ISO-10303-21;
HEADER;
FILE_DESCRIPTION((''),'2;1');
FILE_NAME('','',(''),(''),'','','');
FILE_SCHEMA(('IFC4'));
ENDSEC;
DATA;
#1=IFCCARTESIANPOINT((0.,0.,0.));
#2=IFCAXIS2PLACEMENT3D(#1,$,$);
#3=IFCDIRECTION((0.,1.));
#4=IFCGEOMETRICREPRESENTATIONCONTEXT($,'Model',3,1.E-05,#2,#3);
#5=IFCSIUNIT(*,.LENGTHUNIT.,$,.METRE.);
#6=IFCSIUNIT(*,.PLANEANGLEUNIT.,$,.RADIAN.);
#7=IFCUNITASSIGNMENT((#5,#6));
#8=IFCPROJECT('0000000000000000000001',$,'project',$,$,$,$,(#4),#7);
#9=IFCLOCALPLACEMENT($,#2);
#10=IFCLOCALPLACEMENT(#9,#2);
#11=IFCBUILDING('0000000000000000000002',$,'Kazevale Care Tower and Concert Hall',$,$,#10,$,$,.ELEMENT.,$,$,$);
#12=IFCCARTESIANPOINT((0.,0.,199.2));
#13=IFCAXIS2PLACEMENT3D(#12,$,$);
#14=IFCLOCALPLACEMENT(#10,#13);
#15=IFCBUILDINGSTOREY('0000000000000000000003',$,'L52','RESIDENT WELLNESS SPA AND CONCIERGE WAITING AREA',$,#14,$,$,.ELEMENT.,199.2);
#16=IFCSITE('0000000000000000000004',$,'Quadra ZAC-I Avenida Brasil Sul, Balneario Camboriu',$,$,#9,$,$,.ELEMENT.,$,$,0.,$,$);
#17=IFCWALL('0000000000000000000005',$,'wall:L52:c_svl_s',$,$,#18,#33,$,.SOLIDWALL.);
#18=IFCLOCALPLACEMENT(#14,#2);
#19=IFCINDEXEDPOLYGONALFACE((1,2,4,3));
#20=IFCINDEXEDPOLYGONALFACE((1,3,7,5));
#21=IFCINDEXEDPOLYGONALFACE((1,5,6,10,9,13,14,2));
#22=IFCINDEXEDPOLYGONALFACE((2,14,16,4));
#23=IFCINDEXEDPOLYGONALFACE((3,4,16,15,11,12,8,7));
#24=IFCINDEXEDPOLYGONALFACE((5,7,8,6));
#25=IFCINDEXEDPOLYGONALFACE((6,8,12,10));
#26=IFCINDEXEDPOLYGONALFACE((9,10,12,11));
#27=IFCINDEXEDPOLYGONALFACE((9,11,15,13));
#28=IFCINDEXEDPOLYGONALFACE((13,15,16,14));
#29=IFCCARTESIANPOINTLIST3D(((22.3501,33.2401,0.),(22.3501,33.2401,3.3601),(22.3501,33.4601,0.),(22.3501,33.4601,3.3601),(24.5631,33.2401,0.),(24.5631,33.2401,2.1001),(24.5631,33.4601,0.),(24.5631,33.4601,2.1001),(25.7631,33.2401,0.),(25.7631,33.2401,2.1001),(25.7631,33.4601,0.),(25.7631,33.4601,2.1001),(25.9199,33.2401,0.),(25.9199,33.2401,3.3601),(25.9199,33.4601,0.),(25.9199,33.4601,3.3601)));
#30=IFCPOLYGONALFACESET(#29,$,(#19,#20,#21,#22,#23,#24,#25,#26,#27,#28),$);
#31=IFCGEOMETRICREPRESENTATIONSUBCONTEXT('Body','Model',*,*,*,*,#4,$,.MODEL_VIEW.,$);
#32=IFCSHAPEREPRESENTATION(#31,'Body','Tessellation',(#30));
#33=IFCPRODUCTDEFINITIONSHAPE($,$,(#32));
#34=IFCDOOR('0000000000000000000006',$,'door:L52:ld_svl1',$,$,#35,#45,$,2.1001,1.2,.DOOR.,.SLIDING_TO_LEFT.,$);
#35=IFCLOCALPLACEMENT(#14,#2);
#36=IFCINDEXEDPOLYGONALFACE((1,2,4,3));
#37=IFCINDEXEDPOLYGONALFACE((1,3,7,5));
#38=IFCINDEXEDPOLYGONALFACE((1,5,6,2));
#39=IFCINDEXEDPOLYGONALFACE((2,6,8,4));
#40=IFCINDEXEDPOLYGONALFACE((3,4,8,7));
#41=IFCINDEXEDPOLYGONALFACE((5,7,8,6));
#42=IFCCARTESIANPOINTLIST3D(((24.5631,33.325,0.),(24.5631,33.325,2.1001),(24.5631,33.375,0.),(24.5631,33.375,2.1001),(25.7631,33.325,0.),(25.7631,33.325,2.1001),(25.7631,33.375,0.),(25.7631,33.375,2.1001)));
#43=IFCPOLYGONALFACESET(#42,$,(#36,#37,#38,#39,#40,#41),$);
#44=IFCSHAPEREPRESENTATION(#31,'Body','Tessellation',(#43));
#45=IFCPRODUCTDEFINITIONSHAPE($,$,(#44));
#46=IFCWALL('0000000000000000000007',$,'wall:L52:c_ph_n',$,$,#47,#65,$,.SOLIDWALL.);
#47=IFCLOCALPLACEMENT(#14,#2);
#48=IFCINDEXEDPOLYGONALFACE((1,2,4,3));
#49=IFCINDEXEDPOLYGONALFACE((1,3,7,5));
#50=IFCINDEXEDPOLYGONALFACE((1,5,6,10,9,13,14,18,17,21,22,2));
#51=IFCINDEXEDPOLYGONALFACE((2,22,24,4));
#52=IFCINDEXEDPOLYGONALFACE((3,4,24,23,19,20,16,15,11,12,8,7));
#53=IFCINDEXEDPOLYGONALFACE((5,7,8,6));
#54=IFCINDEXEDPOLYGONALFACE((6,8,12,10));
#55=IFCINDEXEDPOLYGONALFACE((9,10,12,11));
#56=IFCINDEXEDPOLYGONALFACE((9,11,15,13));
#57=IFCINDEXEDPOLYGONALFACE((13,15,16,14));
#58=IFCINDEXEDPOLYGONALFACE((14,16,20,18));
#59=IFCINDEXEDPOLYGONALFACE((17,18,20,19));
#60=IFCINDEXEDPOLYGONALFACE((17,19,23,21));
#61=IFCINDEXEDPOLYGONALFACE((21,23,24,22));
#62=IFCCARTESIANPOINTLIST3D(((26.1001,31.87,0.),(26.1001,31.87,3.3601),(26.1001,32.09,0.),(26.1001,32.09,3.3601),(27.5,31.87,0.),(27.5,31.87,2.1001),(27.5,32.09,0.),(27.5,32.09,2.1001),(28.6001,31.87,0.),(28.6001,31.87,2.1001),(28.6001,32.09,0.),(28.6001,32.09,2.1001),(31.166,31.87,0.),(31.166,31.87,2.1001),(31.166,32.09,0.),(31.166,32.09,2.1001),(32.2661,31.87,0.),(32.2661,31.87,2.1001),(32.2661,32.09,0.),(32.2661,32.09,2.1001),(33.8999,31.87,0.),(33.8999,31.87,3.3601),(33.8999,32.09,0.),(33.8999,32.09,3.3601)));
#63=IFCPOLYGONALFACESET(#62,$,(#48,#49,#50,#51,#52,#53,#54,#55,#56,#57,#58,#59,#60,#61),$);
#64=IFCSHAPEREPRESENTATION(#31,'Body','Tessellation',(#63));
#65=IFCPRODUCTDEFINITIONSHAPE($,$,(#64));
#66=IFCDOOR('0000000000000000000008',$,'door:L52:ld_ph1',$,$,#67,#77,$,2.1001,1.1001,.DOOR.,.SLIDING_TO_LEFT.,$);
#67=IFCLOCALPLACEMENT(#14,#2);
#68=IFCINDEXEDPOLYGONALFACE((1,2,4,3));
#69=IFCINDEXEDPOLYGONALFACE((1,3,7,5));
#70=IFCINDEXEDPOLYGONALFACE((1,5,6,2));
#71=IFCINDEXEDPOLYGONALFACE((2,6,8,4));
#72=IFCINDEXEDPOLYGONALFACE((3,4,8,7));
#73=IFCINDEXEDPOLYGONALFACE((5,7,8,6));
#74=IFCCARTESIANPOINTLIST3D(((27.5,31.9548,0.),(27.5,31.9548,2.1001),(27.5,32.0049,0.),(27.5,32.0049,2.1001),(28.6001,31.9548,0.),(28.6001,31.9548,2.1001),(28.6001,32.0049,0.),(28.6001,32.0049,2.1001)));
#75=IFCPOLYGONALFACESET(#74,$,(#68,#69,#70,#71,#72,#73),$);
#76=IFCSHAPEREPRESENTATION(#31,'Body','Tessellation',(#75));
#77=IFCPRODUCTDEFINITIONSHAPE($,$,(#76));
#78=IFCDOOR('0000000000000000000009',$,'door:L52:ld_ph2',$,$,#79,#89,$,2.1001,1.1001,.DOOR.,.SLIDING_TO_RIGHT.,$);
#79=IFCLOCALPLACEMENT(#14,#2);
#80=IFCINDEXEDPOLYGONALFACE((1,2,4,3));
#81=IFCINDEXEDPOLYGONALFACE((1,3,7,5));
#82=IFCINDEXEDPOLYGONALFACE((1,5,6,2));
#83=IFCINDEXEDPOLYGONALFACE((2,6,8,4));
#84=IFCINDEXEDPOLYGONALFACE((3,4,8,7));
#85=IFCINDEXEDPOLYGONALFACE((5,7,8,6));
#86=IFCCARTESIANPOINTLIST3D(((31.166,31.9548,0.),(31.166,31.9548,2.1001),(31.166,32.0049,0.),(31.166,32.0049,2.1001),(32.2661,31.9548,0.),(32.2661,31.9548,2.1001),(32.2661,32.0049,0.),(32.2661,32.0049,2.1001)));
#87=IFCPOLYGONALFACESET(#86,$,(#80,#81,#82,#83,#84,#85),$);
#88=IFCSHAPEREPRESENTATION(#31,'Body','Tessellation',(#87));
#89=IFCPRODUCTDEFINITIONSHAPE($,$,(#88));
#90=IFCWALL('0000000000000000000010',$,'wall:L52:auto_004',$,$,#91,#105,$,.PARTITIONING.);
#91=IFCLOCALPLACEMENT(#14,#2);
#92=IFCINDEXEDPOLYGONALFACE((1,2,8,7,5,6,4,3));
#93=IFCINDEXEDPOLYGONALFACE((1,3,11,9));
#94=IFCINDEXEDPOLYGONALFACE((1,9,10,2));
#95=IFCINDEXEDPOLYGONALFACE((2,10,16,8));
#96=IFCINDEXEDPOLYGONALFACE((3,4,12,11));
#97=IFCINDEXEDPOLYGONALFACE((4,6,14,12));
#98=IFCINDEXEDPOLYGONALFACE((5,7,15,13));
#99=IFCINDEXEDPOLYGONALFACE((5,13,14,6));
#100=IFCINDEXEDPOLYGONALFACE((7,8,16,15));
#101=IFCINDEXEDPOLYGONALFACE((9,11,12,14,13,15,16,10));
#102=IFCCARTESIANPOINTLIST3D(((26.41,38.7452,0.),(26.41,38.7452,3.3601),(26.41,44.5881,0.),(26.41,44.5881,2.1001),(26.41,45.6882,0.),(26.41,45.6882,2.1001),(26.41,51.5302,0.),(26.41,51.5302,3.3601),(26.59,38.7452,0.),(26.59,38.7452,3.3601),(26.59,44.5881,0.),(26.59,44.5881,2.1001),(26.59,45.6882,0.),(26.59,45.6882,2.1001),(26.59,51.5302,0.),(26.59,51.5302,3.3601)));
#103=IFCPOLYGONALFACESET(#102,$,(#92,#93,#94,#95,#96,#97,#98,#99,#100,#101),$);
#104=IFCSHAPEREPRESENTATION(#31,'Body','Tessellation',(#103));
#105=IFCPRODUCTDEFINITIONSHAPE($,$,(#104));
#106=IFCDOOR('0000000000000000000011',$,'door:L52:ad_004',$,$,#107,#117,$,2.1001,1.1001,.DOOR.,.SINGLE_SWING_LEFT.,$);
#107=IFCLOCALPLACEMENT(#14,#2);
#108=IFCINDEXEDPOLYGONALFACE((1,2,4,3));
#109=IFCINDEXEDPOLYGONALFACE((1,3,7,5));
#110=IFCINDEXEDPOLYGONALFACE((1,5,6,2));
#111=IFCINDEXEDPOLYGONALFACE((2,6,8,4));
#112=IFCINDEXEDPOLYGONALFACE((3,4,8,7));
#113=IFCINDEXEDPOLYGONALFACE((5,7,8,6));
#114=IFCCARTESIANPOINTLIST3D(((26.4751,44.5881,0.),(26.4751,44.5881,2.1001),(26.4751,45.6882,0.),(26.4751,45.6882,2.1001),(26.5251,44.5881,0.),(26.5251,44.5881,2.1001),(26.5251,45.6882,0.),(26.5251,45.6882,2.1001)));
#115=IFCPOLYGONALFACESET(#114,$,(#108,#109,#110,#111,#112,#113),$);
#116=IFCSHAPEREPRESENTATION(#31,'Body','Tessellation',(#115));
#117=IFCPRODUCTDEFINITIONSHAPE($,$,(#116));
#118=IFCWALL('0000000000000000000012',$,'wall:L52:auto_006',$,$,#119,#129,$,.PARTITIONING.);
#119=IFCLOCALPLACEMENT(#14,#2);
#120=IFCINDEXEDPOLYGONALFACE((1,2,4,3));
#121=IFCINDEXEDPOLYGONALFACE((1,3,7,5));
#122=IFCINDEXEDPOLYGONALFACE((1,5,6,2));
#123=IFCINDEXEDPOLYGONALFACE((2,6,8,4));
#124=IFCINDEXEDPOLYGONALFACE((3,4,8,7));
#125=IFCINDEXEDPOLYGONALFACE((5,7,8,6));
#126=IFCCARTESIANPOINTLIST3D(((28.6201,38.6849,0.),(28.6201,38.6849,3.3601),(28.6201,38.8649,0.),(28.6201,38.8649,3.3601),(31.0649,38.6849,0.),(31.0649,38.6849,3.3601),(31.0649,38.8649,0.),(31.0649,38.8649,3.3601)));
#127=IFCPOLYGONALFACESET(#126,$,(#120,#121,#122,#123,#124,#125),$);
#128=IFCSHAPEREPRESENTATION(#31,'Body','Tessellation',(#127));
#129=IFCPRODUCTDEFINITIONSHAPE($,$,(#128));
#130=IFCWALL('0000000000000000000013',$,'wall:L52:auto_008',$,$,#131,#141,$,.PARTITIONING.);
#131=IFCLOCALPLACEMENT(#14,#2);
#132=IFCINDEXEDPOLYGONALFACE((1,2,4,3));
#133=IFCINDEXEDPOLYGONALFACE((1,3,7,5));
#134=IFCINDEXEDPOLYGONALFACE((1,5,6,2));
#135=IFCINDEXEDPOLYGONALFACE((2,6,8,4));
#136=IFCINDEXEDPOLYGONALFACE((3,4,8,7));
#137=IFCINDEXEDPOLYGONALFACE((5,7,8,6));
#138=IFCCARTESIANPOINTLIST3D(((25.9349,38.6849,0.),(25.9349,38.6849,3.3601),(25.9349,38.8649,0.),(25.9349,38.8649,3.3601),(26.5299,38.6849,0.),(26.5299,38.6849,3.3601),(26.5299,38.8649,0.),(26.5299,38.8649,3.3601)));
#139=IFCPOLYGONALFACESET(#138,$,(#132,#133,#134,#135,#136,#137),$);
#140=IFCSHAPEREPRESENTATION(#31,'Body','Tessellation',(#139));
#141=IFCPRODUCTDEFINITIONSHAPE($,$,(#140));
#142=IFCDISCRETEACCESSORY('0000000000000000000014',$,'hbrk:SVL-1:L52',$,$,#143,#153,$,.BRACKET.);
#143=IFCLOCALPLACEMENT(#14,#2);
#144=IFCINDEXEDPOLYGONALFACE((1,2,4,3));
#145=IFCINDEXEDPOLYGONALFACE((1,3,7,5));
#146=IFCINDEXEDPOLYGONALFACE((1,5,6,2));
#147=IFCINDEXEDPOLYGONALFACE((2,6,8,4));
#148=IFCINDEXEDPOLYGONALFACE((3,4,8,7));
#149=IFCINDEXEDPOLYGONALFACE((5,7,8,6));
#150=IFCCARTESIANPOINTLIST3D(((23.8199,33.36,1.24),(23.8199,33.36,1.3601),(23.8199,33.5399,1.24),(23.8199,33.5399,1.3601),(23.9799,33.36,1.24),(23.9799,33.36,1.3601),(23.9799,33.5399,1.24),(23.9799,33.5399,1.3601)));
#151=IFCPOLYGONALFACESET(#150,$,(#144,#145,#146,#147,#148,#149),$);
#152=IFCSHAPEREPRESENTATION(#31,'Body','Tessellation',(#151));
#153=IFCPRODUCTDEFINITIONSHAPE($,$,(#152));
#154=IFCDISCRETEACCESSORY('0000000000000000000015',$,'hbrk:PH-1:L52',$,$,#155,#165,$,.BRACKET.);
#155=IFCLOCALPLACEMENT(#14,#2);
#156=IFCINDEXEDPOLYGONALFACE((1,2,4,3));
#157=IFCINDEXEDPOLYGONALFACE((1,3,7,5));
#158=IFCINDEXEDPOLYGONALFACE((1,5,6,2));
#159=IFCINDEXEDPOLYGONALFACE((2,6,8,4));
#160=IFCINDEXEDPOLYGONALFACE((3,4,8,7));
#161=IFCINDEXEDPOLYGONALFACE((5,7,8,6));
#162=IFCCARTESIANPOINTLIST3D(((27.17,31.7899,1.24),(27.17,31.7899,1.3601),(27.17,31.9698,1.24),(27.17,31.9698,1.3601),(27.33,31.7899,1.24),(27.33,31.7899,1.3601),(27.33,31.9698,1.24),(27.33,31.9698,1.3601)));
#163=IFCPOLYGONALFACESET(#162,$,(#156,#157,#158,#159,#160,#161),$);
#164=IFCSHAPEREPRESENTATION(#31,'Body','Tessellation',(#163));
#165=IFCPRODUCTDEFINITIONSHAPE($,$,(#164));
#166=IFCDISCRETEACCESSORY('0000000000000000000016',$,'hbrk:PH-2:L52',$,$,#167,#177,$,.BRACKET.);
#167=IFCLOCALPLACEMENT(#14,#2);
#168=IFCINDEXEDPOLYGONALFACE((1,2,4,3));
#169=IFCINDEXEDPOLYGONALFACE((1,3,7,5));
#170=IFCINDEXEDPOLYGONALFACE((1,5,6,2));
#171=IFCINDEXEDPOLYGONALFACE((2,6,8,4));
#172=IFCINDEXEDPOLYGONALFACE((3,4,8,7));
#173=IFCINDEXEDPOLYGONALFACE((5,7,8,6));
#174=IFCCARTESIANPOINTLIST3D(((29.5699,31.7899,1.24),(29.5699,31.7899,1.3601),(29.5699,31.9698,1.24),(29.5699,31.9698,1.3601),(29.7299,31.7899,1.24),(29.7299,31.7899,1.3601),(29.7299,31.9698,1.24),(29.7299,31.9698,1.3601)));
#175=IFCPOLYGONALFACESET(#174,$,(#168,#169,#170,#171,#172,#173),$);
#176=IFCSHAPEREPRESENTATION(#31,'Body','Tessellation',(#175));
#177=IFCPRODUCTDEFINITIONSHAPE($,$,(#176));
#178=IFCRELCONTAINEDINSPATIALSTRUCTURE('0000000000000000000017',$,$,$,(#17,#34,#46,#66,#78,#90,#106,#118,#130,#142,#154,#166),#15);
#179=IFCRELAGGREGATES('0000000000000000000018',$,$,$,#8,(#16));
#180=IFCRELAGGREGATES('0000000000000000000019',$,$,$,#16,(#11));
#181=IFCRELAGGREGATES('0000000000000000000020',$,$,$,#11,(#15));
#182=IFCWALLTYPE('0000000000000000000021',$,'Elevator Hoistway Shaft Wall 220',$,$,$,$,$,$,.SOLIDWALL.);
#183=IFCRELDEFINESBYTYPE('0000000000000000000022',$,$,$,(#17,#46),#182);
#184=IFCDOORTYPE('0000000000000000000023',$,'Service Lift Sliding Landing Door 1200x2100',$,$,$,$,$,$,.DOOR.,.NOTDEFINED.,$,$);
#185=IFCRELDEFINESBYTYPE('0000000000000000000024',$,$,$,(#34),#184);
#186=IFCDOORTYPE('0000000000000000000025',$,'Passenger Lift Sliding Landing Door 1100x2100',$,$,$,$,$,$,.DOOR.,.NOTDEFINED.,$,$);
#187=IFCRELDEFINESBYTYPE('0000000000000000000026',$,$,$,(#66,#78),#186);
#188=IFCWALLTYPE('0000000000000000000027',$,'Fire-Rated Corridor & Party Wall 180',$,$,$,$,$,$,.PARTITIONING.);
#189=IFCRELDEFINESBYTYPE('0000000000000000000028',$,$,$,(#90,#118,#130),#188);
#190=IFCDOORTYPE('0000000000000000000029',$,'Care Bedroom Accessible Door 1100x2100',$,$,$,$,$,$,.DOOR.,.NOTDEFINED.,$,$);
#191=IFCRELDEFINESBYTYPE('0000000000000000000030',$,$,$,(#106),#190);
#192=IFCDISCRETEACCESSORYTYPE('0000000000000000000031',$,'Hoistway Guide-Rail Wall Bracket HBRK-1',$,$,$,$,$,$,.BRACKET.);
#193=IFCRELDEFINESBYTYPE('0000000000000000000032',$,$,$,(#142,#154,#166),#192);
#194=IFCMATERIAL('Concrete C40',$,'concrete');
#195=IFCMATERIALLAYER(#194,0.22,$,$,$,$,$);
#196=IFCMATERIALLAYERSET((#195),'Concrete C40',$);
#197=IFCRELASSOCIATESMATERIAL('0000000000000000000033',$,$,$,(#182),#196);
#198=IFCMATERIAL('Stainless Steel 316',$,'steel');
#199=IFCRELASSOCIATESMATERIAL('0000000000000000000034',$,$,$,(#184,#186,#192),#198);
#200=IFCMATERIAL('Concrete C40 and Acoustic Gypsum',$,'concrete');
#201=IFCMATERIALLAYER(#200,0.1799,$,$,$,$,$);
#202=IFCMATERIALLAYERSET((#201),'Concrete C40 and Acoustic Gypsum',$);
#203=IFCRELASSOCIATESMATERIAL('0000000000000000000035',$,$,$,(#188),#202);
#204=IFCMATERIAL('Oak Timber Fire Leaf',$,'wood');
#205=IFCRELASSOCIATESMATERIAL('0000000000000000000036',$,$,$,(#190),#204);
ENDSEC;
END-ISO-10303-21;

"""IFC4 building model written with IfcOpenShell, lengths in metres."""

from ifc_helpers import new_model, si_unit, direction, frame, frame_2d, origin, origin_2d, place, context, subcontext, project, spatial, rectangle, extrude, material, layer, layer_set, type_object, element, fill, save


model = new_model("IFC4")

# Units and contexts
model_context = context("Model", 3, precision=1e-05, world=origin(), true_north=direction((0.0, 1.0)))
body_context = subcontext(model_context, "Body", "Model", "MODEL_VIEW")
ifc_project = project(units=[si_unit("LENGTHUNIT", "METRE"), si_unit("PLANEANGLEUNIT", "RADIAN")], contexts=[model_context])

# Site, building, storey
site_placement = place(None, origin())
site = spatial("IfcSite", under=ifc_project, at=site_placement, Name="Quadra ZAC-I Avenida Brasil Sul, Balneario Camboriu", CompositionType="ELEMENT", RefElevation=0.0)
building_placement = place(site_placement, origin())
building = spatial("IfcBuilding", under=site, at=building_placement, Name="Kazevale Care Tower and Concert Hall", CompositionType="ELEMENT")
storey_placement = place(building_placement, frame((0.0, 0.0, 199.2)))
storey = spatial("IfcBuildingStorey", under=building, at=storey_placement, Name="L52", Description="RESIDENT WELLNESS SPA AND CONCIERGE WAITING AREA", CompositionType="ELEMENT", Elevation=199.2)

# Shared definitions
ifc_material_1 = material(Name="Oak Timber Fire Leaf", Category="wood")

# Shared definitions
ifc_material_2 = material(Name="Concrete C40", Category="concrete")
ifc_layer_1 = layer(ifc_material_2, 0.22)
ifc_layer_set_1 = layer_set([ifc_layer_1], Name="Concrete C40")
wall_type_1 = type_object("IfcWallType", Name="Elevator Hoistway Shaft Wall 220", PredefinedType="SOLIDWALL", material=ifc_layer_set_1)

# Wall, opening, door
wall_1_placement = place(storey_placement, frame((22.3501, 33.3501, 0.0), z_axis=(0.0, 0.0, 1.0), x_axis=(1.0, 0.0, 0.0)))
wall_1 = element("IfcWall", 1, at=wall_1_placement, inside=storey, type_object=wall_type_1, Name="wall:L52:c_svl_s", PredefinedType="SOLIDWALL", context=body_context, shape_type="SweptSolid", body=[
    extrude(rectangle(XDim=3.5698, YDim=0.22, at=frame_2d((1.7849, 0.0))), origin(), (0.0, 0.0, 1.0), 3.3601),
])
opening_1_placement = place(wall_1_placement, frame((2.2129, 0.0, 0.0)))
opening_1 = element("IfcOpeningElement", 2, at=opening_1_placement, cuts=wall_1, PredefinedType="OPENING", context=body_context, shape_type="SweptSolid", body=[
    extrude(rectangle(XDim=1.2, YDim=2.1001, at=frame_2d((0.6001, 1.05))), frame((0.0, 0.1199, 0.0), z_axis=(0.0, -1.0, 0.0), x_axis=(1.0, 0.0, 0.0)), (0.0, 0.0, 1.0), 0.24),
])
ifc_material_3 = material(Name="Stainless Steel 316", Category="steel")
door_type_1 = type_object("IfcDoorType", Name="Service Lift Sliding Landing Door 1200x2100", OperationType="NOTDEFINED", PredefinedType="DOOR", material=ifc_material_3)
door_1_placement = place(opening_1_placement, origin())
door_1 = element("IfcDoor", 3, at=door_1_placement, inside=storey, type_object=door_type_1, Name="door:L52:ld_svl1", OperationType="SLIDING_TO_LEFT", OverallHeight=2.1001, OverallWidth=1.2, PredefinedType="DOOR", context=body_context, shape_type="SweptSolid", body=[
    extrude(rectangle(XDim=1.2, YDim=2.1001, at=frame_2d((0.6001, 1.05))), frame((0.0, 0.0249, 0.0), z_axis=(0.0, -1.0, 0.0), x_axis=(1.0, 0.0, 0.0)), (0.0, 0.0, 1.0), 0.05),
])
fill(opening_1, door_1)

# Wall, openings, doors
wall_2_placement = place(storey_placement, frame((26.1001, 31.98, 0.0), z_axis=(0.0, 0.0, 1.0), x_axis=(1.0, 0.0, 0.0)))
wall_2 = element("IfcWall", 4, at=wall_2_placement, inside=storey, type_object=wall_type_1, Name="wall:L52:c_ph_n", PredefinedType="SOLIDWALL", context=body_context, shape_type="SweptSolid", body=[
    extrude(rectangle(XDim=7.7998, YDim=0.22, at=frame_2d((3.8999, 0.0))), origin(), (0.0, 0.0, 1.0), 3.3601),
])
opening_2_placement = place(wall_2_placement, frame((1.3999, 0.0, 0.0)))
opening_2 = element("IfcOpeningElement", 5, at=opening_2_placement, cuts=wall_2, PredefinedType="OPENING", context=body_context, shape_type="SweptSolid", body=[
    extrude(rectangle(XDim=1.1001, YDim=2.1001, at=frame_2d((0.55, 1.05))), frame((0.0, 0.1199, 0.0), z_axis=(0.0, -1.0, 0.0), x_axis=(1.0, 0.0, 0.0)), (0.0, 0.0, 1.0), 0.24),
])
opening_3_placement = place(wall_2_placement, frame((5.0659, 0.0, 0.0)))
opening_3 = element("IfcOpeningElement", 6, at=opening_3_placement, cuts=wall_2, PredefinedType="OPENING", context=body_context, shape_type="SweptSolid", body=[
    extrude(rectangle(XDim=1.1001, YDim=2.1001, at=frame_2d((0.55, 1.05))), frame((0.0, 0.1199, 0.0), z_axis=(0.0, -1.0, 0.0), x_axis=(1.0, 0.0, 0.0)), (0.0, 0.0, 1.0), 0.24),
])
door_type_2 = type_object("IfcDoorType", Name="Passenger Lift Sliding Landing Door 1100x2100", OperationType="NOTDEFINED", PredefinedType="DOOR", material=ifc_material_3)
door_2_placement = place(opening_2_placement, origin())
door_2 = element("IfcDoor", 7, at=door_2_placement, inside=storey, type_object=door_type_2, Name="door:L52:ld_ph1", OperationType="SLIDING_TO_LEFT", OverallHeight=2.1001, OverallWidth=1.1001, PredefinedType="DOOR", context=body_context, shape_type="SweptSolid", body=[
    extrude(rectangle(XDim=1.1001, YDim=2.1001, at=frame_2d((0.55, 1.05))), frame((0.0, 0.0249, 0.0), z_axis=(0.0, -1.0, 0.0), x_axis=(1.0, 0.0, 0.0)), (0.0, 0.0, 1.0), 0.05),
])
fill(opening_2, door_2)
door_3_placement = place(opening_3_placement, origin())
door_3 = element("IfcDoor", 8, at=door_3_placement, inside=storey, type_object=door_type_2, Name="door:L52:ld_ph2", OperationType="SLIDING_TO_RIGHT", OverallHeight=2.1001, OverallWidth=1.1001, PredefinedType="DOOR", context=body_context, shape_type="SweptSolid", body=[
    extrude(rectangle(XDim=1.1001, YDim=2.1001, at=frame_2d((0.55, 1.05))), frame((0.0, 0.0249, 0.0), z_axis=(0.0, -1.0, 0.0), x_axis=(1.0, 0.0, 0.0)), (0.0, 0.0, 1.0), 0.05),
])
fill(opening_3, door_3)

# Wall, opening, door
ifc_material_4 = material(Name="Concrete C40 and Acoustic Gypsum", Category="concrete")
ifc_layer_2 = layer(ifc_material_4, 0.1799)
ifc_layer_set_2 = layer_set([ifc_layer_2], Name="Concrete C40 and Acoustic Gypsum")
wall_type_2 = type_object("IfcWallType", Name="Fire-Rated Corridor & Party Wall 180", PredefinedType="PARTITIONING", material=ifc_layer_set_2)
wall_3_placement = place(storey_placement, frame((26.5, 38.7451, 0.0), z_axis=(0.0, 0.0, 1.0), x_axis=(0.0, 1.0, 0.0)))
wall_3 = element("IfcWall", 9, at=wall_3_placement, inside=storey, type_object=wall_type_2, Name="wall:L52:auto_004", PredefinedType="PARTITIONING", context=body_context, shape_type="SweptSolid", body=[
    extrude(rectangle(XDim=12.7849, YDim=0.1799, at=frame_2d((6.3926, 0.0))), origin(), (0.0, 0.0, 1.0), 3.3601),
])
opening_4_placement = place(wall_3_placement, frame((5.843, 0.0, 0.0)))
opening_4 = element("IfcOpeningElement", 10, at=opening_4_placement, cuts=wall_3, PredefinedType="OPENING", context=body_context, shape_type="SweptSolid", body=[
    extrude(rectangle(XDim=1.1001, YDim=2.1001, at=frame_2d((0.55, 1.05))), frame((0.0, 0.0999, 0.0), z_axis=(0.0, -1.0, 0.0), x_axis=(1.0, 0.0, 0.0)), (0.0, 0.0, 1.0), 0.2),
])
door_type_3 = type_object("IfcDoorType", Name="Care Bedroom Accessible Door 1100x2100", OperationType="NOTDEFINED", PredefinedType="DOOR", material=ifc_material_1)
door_4_placement = place(opening_4_placement, origin())
door_4 = element("IfcDoor", 11, at=door_4_placement, inside=storey, type_object=door_type_3, Name="door:L52:ad_004", OperationType="SINGLE_SWING_LEFT", OverallHeight=2.1001, OverallWidth=1.1001, PredefinedType="DOOR", context=body_context, shape_type="SweptSolid", body=[
    extrude(rectangle(XDim=1.1001, YDim=2.1001, at=frame_2d((0.55, 1.05))), frame((0.0, 0.0249, 0.0), z_axis=(0.0, -1.0, 0.0), x_axis=(1.0, 0.0, 0.0)), (0.0, 0.0, 1.0), 0.05),
])
fill(opening_4, door_4)

# Walls
wall_4_placement = place(storey_placement, frame((28.6201, 38.7749, 0.0), z_axis=(0.0, 0.0, 1.0), x_axis=(1.0, 0.0, 0.0)))
element("IfcWall", 12, at=wall_4_placement, inside=storey, type_object=wall_type_2, Name="wall:L52:auto_006", PredefinedType="PARTITIONING", context=body_context, shape_type="SweptSolid", body=[
    extrude(rectangle(XDim=2.4448, YDim=0.1799, at=frame_2d((1.2224, 0.0))), origin(), (0.0, 0.0, 1.0), 3.3601),
])
wall_5_placement = place(storey_placement, frame((25.9351, 38.7749, 0.0), z_axis=(0.0, 0.0, 1.0), x_axis=(1.0, 0.0, 0.0)))
element("IfcWall", 13, at=wall_5_placement, inside=storey, type_object=wall_type_2, Name="wall:L52:auto_008", PredefinedType="PARTITIONING", context=body_context, shape_type="SweptSolid", body=[
    extrude(rectangle(XDim=0.595, YDim=0.1799, at=frame_2d((0.2974, 0.0))), origin(), (0.0, 0.0, 1.0), 3.3601),
])

# Discrete accessories
discrete_accessory_type = type_object("IfcDiscreteAccessoryType", Name="Hoistway Guide-Rail Wall Bracket HBRK-1", PredefinedType="BRACKET", material=ifc_material_3)
for number, where, z_axis, x_axis, name in (
    (14, (23.8999, 33.45, 1.24), (0.0, 0.0, 1.0), (1.0, 0.0, 0.0), "hbrk:SVL-1:L52"),
    (15, (27.25, 31.8799, 1.24), (0.0, 0.0, 1.0), (1.0, 0.0, 0.0), "hbrk:PH-1:L52"),
    (16, (29.6499, 31.8799, 1.24), (0.0, 0.0, 1.0), (1.0, 0.0, 0.0), "hbrk:PH-2:L52"),
):
    element("IfcDiscreteAccessory", number, at=place(storey_placement, frame(where, z_axis=z_axis, x_axis=x_axis)), inside=storey, type_object=discrete_accessory_type, Name=name, PredefinedType="BRACKET", context=body_context, shape_type="SweptSolid", body=[
        extrude(rectangle(XDim=0.1599, YDim=0.1799, at=origin_2d()), origin(), (0.0, 0.0, 1.0), 0.1201),
    ])

save(model, "model.ifc")
